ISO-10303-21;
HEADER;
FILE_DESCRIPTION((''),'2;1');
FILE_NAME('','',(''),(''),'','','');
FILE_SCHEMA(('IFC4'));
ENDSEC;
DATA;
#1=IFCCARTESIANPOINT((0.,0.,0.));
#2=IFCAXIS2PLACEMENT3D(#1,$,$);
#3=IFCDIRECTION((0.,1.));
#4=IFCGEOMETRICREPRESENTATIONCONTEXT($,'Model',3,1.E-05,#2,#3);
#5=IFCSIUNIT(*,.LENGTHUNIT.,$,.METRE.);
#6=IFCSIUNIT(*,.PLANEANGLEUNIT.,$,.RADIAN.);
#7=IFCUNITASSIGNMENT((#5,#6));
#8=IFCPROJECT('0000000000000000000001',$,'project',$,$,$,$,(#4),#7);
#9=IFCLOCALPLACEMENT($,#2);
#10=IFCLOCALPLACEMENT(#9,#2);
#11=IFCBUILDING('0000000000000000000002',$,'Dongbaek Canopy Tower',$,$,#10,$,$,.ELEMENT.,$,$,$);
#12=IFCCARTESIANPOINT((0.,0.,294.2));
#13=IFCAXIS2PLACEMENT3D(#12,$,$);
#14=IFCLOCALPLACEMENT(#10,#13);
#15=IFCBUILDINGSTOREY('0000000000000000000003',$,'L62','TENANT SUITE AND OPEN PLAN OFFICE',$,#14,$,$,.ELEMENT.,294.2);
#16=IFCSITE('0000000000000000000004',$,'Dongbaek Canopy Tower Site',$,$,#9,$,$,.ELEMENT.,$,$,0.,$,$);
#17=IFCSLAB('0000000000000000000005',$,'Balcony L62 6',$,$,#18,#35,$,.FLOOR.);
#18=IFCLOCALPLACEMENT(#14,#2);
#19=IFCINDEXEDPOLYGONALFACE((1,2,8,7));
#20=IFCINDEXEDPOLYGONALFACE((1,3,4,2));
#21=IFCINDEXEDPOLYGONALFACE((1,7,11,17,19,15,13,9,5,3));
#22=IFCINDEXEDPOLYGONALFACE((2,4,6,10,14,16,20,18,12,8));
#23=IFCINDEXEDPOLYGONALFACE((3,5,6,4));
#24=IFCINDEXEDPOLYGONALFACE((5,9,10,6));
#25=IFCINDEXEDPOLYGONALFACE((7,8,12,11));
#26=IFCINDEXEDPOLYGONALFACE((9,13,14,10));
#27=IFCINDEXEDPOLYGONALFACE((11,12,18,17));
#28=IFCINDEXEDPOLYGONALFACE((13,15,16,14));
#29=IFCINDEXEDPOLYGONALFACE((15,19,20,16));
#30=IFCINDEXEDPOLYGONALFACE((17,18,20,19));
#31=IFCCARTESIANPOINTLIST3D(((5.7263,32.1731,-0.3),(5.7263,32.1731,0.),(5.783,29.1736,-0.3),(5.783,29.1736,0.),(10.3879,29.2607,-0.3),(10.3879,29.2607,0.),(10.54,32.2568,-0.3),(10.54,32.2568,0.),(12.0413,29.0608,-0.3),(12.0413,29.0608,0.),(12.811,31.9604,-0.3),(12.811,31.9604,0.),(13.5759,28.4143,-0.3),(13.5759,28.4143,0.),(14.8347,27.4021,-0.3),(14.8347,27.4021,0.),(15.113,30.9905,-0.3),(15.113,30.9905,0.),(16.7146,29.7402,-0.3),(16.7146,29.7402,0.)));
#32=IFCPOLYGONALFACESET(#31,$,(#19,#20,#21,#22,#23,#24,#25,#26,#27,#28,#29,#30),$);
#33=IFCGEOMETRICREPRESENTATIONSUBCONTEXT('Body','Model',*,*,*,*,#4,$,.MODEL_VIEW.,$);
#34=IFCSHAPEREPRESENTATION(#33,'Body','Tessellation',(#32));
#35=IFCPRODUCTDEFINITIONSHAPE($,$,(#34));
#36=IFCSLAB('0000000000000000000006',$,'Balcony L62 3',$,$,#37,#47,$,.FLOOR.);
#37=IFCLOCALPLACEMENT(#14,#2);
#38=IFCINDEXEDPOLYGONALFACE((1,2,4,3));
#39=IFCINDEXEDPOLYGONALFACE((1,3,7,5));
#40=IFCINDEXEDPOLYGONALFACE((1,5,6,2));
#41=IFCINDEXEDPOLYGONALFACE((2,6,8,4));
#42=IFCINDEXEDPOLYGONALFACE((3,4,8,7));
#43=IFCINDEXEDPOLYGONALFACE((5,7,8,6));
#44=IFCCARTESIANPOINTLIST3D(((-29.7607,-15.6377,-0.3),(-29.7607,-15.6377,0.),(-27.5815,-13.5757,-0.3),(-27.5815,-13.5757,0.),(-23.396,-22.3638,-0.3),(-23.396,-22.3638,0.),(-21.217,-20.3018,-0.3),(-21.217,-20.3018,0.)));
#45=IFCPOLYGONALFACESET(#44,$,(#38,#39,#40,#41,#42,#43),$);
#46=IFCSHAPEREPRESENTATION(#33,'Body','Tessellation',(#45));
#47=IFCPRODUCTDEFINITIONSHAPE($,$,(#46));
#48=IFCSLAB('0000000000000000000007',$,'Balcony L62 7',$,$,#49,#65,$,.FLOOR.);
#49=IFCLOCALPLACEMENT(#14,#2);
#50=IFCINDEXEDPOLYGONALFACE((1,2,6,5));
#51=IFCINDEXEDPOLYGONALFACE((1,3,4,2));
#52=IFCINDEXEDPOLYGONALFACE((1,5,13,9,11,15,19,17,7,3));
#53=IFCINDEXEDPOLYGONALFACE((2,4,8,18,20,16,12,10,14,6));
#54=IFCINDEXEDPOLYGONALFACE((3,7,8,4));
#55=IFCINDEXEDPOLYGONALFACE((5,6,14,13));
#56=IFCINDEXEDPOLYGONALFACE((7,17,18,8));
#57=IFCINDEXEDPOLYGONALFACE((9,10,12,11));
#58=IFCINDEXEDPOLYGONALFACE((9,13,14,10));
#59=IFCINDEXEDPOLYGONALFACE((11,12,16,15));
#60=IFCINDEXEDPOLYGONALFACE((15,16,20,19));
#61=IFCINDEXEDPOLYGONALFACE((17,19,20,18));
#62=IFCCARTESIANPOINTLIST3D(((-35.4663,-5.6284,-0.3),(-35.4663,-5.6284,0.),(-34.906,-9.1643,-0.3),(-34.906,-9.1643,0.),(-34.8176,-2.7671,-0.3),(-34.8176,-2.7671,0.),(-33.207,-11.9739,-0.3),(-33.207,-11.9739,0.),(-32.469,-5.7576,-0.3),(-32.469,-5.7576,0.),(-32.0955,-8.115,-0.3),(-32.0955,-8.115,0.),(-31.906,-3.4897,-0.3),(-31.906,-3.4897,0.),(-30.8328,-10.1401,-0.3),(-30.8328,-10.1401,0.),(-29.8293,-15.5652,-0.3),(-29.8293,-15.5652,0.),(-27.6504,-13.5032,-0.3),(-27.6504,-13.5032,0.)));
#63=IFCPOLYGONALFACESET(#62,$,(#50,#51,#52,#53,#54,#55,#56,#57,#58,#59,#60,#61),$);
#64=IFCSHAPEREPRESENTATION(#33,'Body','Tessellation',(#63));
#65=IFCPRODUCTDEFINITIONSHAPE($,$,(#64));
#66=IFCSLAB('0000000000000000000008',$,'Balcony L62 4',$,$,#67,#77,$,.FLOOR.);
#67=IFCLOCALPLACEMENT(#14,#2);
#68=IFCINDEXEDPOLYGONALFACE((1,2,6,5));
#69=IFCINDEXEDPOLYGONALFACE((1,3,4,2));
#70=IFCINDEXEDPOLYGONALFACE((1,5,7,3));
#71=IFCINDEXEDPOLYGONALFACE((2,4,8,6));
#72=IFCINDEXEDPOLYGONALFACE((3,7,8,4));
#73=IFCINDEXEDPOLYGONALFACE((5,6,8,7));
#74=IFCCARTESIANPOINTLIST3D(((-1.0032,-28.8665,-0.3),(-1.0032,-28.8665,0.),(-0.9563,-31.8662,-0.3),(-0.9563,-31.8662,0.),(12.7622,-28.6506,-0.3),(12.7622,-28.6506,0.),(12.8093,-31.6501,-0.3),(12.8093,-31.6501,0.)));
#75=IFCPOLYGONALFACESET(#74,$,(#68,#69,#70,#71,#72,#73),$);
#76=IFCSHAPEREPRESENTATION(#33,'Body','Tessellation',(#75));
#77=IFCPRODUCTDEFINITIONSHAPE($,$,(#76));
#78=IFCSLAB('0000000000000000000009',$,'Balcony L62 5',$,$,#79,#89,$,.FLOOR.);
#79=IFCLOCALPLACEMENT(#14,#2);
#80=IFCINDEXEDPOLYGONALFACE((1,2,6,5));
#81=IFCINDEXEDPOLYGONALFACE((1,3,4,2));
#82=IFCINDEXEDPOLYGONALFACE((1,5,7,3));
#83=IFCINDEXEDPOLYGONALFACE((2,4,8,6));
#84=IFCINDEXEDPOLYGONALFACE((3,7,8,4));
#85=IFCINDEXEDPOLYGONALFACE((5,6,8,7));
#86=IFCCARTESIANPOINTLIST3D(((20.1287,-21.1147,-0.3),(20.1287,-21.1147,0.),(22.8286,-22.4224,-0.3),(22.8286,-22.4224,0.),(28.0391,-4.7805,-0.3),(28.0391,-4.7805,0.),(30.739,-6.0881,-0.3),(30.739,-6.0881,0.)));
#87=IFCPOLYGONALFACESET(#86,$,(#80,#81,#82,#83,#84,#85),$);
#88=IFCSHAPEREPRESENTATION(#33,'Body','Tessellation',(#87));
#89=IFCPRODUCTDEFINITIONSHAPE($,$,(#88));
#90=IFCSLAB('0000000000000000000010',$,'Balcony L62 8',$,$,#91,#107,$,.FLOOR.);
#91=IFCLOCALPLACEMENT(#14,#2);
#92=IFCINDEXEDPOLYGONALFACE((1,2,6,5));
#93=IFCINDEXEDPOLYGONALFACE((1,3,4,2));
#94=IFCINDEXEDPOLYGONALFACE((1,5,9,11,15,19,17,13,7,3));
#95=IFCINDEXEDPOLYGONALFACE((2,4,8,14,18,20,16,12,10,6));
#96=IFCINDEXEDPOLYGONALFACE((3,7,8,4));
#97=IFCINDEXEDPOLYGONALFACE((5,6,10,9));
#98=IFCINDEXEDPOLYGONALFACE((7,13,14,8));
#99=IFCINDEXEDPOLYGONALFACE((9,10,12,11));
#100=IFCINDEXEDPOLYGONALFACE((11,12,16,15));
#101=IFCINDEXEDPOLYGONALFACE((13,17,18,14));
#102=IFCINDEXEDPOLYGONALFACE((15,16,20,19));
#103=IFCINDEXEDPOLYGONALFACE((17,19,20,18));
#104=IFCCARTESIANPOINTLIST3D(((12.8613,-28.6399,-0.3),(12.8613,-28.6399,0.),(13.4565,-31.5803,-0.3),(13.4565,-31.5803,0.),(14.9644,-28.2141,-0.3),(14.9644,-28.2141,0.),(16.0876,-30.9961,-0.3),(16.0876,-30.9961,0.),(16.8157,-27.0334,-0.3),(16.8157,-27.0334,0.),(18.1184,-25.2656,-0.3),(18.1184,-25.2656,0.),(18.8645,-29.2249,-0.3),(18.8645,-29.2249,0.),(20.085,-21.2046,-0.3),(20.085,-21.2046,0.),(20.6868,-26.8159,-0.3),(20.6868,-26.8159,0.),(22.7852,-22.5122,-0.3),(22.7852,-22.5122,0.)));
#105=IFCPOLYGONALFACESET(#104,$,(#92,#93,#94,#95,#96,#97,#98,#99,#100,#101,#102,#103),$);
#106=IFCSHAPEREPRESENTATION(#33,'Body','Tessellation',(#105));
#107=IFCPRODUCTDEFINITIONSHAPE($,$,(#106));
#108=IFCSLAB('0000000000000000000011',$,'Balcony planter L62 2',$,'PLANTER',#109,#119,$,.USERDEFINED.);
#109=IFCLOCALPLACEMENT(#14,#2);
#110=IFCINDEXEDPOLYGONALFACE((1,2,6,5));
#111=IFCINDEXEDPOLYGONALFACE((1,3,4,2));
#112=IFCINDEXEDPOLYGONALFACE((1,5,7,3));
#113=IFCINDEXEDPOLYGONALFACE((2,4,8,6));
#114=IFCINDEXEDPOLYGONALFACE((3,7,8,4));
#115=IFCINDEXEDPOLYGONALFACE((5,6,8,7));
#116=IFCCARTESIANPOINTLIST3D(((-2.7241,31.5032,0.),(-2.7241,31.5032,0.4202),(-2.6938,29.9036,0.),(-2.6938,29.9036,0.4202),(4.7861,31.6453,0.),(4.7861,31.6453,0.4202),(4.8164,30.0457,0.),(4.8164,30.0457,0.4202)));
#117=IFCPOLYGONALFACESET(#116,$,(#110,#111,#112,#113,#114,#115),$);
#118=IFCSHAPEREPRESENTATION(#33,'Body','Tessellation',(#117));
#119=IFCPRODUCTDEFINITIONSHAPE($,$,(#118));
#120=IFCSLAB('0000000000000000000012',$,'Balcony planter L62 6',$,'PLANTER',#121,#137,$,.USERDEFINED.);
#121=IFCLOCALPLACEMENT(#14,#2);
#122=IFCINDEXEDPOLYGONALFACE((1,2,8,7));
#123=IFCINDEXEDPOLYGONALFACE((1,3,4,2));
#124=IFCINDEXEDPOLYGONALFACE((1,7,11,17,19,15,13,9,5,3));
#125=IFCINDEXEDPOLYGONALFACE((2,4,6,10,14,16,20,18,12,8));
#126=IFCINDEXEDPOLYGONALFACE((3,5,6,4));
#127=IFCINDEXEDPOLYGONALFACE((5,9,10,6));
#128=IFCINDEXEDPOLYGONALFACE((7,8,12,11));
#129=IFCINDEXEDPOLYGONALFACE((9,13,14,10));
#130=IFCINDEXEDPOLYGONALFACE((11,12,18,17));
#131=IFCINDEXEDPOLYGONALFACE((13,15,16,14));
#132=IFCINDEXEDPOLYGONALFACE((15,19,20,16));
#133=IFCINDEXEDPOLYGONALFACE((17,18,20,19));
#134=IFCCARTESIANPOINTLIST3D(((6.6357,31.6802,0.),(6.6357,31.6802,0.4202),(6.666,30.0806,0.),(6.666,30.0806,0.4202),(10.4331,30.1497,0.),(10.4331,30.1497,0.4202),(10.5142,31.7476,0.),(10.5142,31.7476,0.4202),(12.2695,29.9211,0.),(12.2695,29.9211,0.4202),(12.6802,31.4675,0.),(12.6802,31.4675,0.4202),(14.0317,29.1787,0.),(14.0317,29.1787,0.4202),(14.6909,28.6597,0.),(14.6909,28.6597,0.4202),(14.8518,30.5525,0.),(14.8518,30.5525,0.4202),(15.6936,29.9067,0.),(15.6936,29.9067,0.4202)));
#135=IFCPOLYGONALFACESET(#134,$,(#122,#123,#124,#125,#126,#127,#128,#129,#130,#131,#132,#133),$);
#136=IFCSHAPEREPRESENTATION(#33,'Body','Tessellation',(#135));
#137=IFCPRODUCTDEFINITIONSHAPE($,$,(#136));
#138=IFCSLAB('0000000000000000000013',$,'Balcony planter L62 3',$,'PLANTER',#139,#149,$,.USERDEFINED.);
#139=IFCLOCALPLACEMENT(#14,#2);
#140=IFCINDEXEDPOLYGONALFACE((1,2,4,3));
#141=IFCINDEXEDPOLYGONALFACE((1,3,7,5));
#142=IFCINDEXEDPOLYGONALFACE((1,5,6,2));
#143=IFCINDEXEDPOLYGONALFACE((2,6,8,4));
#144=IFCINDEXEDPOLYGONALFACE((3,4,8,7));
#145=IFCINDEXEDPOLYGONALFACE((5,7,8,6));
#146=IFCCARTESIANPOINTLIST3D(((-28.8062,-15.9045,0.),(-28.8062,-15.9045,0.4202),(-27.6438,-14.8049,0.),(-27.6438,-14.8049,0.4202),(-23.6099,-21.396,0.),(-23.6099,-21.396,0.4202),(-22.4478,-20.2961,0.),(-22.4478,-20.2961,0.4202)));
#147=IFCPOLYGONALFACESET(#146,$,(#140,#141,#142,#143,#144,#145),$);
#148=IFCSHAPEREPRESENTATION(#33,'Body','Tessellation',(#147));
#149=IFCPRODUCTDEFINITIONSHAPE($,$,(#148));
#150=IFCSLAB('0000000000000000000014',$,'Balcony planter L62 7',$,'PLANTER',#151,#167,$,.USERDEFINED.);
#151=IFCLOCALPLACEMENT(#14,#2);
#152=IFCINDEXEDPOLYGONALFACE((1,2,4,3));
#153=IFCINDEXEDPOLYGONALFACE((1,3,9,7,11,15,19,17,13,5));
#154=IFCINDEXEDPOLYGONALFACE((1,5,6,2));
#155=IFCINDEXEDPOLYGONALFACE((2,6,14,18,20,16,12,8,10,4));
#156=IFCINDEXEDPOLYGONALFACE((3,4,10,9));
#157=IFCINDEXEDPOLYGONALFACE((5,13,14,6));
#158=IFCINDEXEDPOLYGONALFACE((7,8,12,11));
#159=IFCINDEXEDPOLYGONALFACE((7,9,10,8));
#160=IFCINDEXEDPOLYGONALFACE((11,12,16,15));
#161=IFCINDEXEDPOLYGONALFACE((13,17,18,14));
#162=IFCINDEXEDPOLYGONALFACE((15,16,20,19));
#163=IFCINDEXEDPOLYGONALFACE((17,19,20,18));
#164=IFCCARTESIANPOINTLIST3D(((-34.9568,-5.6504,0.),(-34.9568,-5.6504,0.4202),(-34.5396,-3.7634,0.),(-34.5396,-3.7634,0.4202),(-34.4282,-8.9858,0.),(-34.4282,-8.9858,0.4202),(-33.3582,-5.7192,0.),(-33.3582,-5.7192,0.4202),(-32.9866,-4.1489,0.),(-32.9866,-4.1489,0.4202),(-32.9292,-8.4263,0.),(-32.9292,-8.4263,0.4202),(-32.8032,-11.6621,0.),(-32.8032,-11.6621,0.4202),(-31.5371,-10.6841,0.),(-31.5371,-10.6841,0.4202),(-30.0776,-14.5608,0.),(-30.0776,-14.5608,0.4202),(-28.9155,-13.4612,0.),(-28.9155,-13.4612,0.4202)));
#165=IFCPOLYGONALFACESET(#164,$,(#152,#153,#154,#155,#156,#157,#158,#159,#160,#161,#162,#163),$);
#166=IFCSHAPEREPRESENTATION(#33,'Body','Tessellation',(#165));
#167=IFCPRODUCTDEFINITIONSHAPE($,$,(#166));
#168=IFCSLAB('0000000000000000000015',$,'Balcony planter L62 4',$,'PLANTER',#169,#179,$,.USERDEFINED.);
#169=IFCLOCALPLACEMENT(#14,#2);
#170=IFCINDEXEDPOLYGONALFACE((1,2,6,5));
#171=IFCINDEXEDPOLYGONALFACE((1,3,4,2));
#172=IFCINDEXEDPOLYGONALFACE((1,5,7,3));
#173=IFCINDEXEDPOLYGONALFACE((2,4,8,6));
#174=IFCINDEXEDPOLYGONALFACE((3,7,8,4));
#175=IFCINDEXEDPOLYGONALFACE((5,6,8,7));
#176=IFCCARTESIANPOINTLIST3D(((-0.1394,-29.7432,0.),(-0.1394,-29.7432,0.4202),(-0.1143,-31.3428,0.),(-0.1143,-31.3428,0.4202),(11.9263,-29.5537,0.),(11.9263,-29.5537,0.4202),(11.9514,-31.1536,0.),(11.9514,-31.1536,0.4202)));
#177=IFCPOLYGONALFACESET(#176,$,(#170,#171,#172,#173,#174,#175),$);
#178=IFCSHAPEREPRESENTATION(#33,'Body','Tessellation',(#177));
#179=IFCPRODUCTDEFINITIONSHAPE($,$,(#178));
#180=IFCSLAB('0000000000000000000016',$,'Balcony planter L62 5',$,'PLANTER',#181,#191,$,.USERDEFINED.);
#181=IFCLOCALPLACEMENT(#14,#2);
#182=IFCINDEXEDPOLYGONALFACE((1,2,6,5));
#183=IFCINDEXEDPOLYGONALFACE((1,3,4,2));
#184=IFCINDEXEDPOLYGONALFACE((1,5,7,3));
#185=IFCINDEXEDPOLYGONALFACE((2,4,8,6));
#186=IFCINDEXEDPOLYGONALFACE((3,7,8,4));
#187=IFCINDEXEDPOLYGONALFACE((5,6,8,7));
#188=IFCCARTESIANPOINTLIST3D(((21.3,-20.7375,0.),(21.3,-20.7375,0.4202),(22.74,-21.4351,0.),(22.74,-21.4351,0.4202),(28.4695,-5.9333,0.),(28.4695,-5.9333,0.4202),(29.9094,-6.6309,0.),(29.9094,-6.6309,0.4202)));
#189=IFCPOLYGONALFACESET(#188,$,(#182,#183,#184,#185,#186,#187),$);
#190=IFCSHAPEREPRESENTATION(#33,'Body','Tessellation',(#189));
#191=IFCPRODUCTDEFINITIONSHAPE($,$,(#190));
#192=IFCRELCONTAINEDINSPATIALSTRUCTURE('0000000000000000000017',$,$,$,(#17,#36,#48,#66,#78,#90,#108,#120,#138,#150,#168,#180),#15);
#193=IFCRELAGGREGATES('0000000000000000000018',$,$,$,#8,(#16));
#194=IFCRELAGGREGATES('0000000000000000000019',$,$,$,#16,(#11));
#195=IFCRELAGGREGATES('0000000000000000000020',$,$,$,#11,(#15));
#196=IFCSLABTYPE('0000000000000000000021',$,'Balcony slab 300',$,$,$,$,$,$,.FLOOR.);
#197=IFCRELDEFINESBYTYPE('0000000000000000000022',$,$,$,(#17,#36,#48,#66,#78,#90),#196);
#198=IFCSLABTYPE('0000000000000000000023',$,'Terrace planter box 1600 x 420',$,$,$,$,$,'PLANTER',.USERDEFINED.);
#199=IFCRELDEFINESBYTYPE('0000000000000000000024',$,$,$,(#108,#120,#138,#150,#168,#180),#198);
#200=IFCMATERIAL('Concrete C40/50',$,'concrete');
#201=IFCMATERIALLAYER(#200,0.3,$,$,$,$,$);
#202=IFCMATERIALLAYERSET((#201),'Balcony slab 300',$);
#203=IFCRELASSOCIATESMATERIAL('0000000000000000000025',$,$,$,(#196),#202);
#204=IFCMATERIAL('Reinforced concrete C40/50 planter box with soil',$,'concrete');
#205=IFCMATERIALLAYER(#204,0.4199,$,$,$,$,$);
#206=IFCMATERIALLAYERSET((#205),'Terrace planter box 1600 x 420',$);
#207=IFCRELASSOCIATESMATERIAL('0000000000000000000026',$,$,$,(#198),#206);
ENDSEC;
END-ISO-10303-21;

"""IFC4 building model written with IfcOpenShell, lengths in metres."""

from ifc_helpers import new_model, si_unit, direction, frame, origin, place, context, subcontext, project, spatial, polyline, outline, extrude, material, layer, layer_set, type_object, element, save


model = new_model("IFC4")

# Units and contexts
model_context = context("Model", 3, precision=1e-05, world=origin(), true_north=direction((0.0, 1.0)))
body_context = subcontext(model_context, "Body", "Model", "MODEL_VIEW")
ifc_project = project(units=[si_unit("LENGTHUNIT", "METRE"), si_unit("PLANEANGLEUNIT", "RADIAN")], contexts=[model_context])

# Site, building, storey
site_placement = place(None, origin())
site = spatial("IfcSite", under=ifc_project, at=site_placement, Name="Dongbaek Canopy Tower Site", CompositionType="ELEMENT", RefElevation=0.0)
building_placement = place(site_placement, origin())
building = spatial("IfcBuilding", under=site, at=building_placement, Name="Dongbaek Canopy Tower", CompositionType="ELEMENT")
storey_placement = place(building_placement, frame((0.0, 0.0, 294.2)))
storey = spatial("IfcBuildingStorey", under=building, at=storey_placement, Name="L62", Description="TENANT SUITE AND OPEN PLAN OFFICE", CompositionType="ELEMENT", Elevation=294.2)

# Slabs
ifc_material_1 = material(Name="Concrete C40/50", Category="concrete")
ifc_layer_1 = layer(ifc_material_1, 0.3)
ifc_layer_set_1 = layer_set([ifc_layer_1], Name="Balcony slab 300")
slab_type_1 = type_object("IfcSlabType", Name="Balcony slab 300", PredefinedType="FLOOR", material=ifc_layer_set_1)
slab_1_placement = place(storey_placement, frame((0.0, 0.0, -0.3)))
element("IfcSlab", 1, at=slab_1_placement, inside=storey, type_object=slab_type_1, Name="Balcony L62 6", PredefinedType="FLOOR", context=body_context, shape_type="SweptSolid", body=[
    extrude(outline(polyline([(14.8347, 27.4021), (13.5759, 28.4143), (12.0413, 29.0608), (10.3879, 29.2607), (5.783, 29.1736), (5.7263, 32.1731), (10.54, 32.2568), (12.811, 31.9604), (15.113, 30.9905), (16.7146, 29.7402), (14.8347, 27.4021)])), origin(), (0.0, 0.0, 1.0), 0.3),
])
slab_2_placement = place(storey_placement, frame((0.0, 0.0, -0.3)))
element("IfcSlab", 2, at=slab_2_placement, inside=storey, type_object=slab_type_1, Name="Balcony L62 3", PredefinedType="FLOOR", context=body_context, shape_type="SweptSolid", body=[
    extrude(outline(polyline([(-27.5815, -13.5757), (-21.217, -20.3018), (-23.396, -22.3638), (-29.7607, -15.6377), (-27.5815, -13.5757)])), origin(), (0.0, 0.0, 1.0), 0.3),
])
slab_3_placement = place(storey_placement, frame((0.0, 0.0, -0.3)))
element("IfcSlab", 3, at=slab_3_placement, inside=storey, type_object=slab_type_1, Name="Balcony L62 7", PredefinedType="FLOOR", context=body_context, shape_type="SweptSolid", body=[
    extrude(outline(polyline([(-31.906, -3.4897), (-32.469, -5.7576), (-32.0955, -8.115), (-30.8328, -10.1401), (-27.6504, -13.5032), (-29.8293, -15.5652), (-33.207, -11.9739), (-34.906, -9.1643), (-35.4663, -5.6284), (-34.8176, -2.7671), (-31.906, -3.4897)])), origin(), (0.0, 0.0, 1.0), 0.3),
])
slab_4_placement = place(storey_placement, frame((0.0, 0.0, -0.3)))
element("IfcSlab", 4, at=slab_4_placement, inside=storey, type_object=slab_type_1, Name="Balcony L62 4", PredefinedType="FLOOR", context=body_context, shape_type="SweptSolid", body=[
    extrude(outline(polyline([(-1.0032, -28.8665), (12.7622, -28.6506), (12.8093, -31.6501), (-0.9563, -31.8662), (-1.0032, -28.8665)])), origin(), (0.0, 0.0, 1.0), 0.3),
])
slab_5_placement = place(storey_placement, frame((0.0, 0.0, -0.3)))
element("IfcSlab", 5, at=slab_5_placement, inside=storey, type_object=slab_type_1, Name="Balcony L62 5", PredefinedType="FLOOR", context=body_context, shape_type="SweptSolid", body=[
    extrude(outline(polyline([(20.1287, -21.1147), (28.0391, -4.7805), (30.739, -6.0881), (22.8286, -22.4224), (20.1287, -21.1147)])), origin(), (0.0, 0.0, 1.0), 0.3),
])
slab_6_placement = place(storey_placement, frame((0.0, 0.0, -0.3)))
element("IfcSlab", 6, at=slab_6_placement, inside=storey, type_object=slab_type_1, Name="Balcony L62 8", PredefinedType="FLOOR", context=body_context, shape_type="SweptSolid", body=[
    extrude(outline(polyline([(12.8613, -28.6399), (14.9644, -28.2141), (16.8157, -27.0334), (18.1184, -25.2656), (20.085, -21.2046), (22.7852, -22.5122), (20.6868, -26.8159), (18.8645, -29.2249), (16.0876, -30.9961), (13.4565, -31.5803), (12.8613, -28.6399)])), origin(), (0.0, 0.0, 1.0), 0.3),
])
ifc_material_2 = material(Name="Reinforced concrete C40/50 planter box with soil", Category="concrete")
ifc_layer_2 = layer(ifc_material_2, 0.4199)
ifc_layer_set_2 = layer_set([ifc_layer_2], Name="Terrace planter box 1600 x 420")
slab_type_2 = type_object("IfcSlabType", Name="Terrace planter box 1600 x 420", ElementType="PLANTER", PredefinedType="USERDEFINED", material=ifc_layer_set_2)
slab_7_placement = place(storey_placement, origin())
element("IfcSlab", 7, at=slab_7_placement, inside=storey, type_object=slab_type_2, Name="Balcony planter L62 2", ObjectType="PLANTER", PredefinedType="USERDEFINED", context=body_context, shape_type="SweptSolid", body=[
    extrude(outline(polyline([(4.8164, 30.0457), (-2.6938, 29.9036), (-2.7241, 31.5032), (4.7861, 31.6453), (4.8164, 30.0457)])), origin(), (0.0, 0.0, 1.0), 0.4202),
])
slab_8_placement = place(storey_placement, origin())
element("IfcSlab", 8, at=slab_8_placement, inside=storey, type_object=slab_type_2, Name="Balcony planter L62 6", ObjectType="PLANTER", PredefinedType="USERDEFINED", context=body_context, shape_type="SweptSolid", body=[
    extrude(outline(polyline([(14.6909, 28.6597), (14.0317, 29.1787), (12.2695, 29.9211), (10.4331, 30.1497), (6.666, 30.0806), (6.6357, 31.6802), (10.5142, 31.7476), (12.6802, 31.4675), (14.8518, 30.5525), (15.6936, 29.9067), (14.6909, 28.6597)])), origin(), (0.0, 0.0, 1.0), 0.4202),
])
slab_9_placement = place(storey_placement, origin())
element("IfcSlab", 9, at=slab_9_placement, inside=storey, type_object=slab_type_2, Name="Balcony planter L62 3", ObjectType="PLANTER", PredefinedType="USERDEFINED", context=body_context, shape_type="SweptSolid", body=[
    extrude(outline(polyline([(-27.6438, -14.8049), (-22.4478, -20.2961), (-23.6099, -21.396), (-28.8062, -15.9045), (-27.6438, -14.8049)])), origin(), (0.0, 0.0, 1.0), 0.4202),
])
slab_10_placement = place(storey_placement, origin())
element("IfcSlab", 10, at=slab_10_placement, inside=storey, type_object=slab_type_2, Name="Balcony planter L62 7", ObjectType="PLANTER", PredefinedType="USERDEFINED", context=body_context, shape_type="SweptSolid", body=[
    extrude(outline(polyline([(-32.9866, -4.1489), (-33.3582, -5.7192), (-32.9292, -8.4263), (-31.5371, -10.6841), (-28.9155, -13.4612), (-30.0776, -14.5608), (-32.8032, -11.6621), (-34.4282, -8.9858), (-34.9568, -5.6504), (-34.5396, -3.7634), (-32.9866, -4.1489)])), origin(), (0.0, 0.0, 1.0), 0.4202),
])
slab_11_placement = place(storey_placement, origin())
element("IfcSlab", 11, at=slab_11_placement, inside=storey, type_object=slab_type_2, Name="Balcony planter L62 4", ObjectType="PLANTER", PredefinedType="USERDEFINED", context=body_context, shape_type="SweptSolid", body=[
    extrude(outline(polyline([(-0.1394, -29.7432), (11.9263, -29.5537), (11.9514, -31.1536), (-0.1143, -31.3428), (-0.1394, -29.7432)])), origin(), (0.0, 0.0, 1.0), 0.4202),
])
slab_12_placement = place(storey_placement, origin())
element("IfcSlab", 12, at=slab_12_placement, inside=storey, type_object=slab_type_2, Name="Balcony planter L62 5", ObjectType="PLANTER", PredefinedType="USERDEFINED", context=body_context, shape_type="SweptSolid", body=[
    extrude(outline(polyline([(21.3, -20.7375), (28.4695, -5.9333), (29.9094, -6.6309), (22.74, -21.4351), (21.3, -20.7375)])), origin(), (0.0, 0.0, 1.0), 0.4202),
])

save(model, "model.ifc")
